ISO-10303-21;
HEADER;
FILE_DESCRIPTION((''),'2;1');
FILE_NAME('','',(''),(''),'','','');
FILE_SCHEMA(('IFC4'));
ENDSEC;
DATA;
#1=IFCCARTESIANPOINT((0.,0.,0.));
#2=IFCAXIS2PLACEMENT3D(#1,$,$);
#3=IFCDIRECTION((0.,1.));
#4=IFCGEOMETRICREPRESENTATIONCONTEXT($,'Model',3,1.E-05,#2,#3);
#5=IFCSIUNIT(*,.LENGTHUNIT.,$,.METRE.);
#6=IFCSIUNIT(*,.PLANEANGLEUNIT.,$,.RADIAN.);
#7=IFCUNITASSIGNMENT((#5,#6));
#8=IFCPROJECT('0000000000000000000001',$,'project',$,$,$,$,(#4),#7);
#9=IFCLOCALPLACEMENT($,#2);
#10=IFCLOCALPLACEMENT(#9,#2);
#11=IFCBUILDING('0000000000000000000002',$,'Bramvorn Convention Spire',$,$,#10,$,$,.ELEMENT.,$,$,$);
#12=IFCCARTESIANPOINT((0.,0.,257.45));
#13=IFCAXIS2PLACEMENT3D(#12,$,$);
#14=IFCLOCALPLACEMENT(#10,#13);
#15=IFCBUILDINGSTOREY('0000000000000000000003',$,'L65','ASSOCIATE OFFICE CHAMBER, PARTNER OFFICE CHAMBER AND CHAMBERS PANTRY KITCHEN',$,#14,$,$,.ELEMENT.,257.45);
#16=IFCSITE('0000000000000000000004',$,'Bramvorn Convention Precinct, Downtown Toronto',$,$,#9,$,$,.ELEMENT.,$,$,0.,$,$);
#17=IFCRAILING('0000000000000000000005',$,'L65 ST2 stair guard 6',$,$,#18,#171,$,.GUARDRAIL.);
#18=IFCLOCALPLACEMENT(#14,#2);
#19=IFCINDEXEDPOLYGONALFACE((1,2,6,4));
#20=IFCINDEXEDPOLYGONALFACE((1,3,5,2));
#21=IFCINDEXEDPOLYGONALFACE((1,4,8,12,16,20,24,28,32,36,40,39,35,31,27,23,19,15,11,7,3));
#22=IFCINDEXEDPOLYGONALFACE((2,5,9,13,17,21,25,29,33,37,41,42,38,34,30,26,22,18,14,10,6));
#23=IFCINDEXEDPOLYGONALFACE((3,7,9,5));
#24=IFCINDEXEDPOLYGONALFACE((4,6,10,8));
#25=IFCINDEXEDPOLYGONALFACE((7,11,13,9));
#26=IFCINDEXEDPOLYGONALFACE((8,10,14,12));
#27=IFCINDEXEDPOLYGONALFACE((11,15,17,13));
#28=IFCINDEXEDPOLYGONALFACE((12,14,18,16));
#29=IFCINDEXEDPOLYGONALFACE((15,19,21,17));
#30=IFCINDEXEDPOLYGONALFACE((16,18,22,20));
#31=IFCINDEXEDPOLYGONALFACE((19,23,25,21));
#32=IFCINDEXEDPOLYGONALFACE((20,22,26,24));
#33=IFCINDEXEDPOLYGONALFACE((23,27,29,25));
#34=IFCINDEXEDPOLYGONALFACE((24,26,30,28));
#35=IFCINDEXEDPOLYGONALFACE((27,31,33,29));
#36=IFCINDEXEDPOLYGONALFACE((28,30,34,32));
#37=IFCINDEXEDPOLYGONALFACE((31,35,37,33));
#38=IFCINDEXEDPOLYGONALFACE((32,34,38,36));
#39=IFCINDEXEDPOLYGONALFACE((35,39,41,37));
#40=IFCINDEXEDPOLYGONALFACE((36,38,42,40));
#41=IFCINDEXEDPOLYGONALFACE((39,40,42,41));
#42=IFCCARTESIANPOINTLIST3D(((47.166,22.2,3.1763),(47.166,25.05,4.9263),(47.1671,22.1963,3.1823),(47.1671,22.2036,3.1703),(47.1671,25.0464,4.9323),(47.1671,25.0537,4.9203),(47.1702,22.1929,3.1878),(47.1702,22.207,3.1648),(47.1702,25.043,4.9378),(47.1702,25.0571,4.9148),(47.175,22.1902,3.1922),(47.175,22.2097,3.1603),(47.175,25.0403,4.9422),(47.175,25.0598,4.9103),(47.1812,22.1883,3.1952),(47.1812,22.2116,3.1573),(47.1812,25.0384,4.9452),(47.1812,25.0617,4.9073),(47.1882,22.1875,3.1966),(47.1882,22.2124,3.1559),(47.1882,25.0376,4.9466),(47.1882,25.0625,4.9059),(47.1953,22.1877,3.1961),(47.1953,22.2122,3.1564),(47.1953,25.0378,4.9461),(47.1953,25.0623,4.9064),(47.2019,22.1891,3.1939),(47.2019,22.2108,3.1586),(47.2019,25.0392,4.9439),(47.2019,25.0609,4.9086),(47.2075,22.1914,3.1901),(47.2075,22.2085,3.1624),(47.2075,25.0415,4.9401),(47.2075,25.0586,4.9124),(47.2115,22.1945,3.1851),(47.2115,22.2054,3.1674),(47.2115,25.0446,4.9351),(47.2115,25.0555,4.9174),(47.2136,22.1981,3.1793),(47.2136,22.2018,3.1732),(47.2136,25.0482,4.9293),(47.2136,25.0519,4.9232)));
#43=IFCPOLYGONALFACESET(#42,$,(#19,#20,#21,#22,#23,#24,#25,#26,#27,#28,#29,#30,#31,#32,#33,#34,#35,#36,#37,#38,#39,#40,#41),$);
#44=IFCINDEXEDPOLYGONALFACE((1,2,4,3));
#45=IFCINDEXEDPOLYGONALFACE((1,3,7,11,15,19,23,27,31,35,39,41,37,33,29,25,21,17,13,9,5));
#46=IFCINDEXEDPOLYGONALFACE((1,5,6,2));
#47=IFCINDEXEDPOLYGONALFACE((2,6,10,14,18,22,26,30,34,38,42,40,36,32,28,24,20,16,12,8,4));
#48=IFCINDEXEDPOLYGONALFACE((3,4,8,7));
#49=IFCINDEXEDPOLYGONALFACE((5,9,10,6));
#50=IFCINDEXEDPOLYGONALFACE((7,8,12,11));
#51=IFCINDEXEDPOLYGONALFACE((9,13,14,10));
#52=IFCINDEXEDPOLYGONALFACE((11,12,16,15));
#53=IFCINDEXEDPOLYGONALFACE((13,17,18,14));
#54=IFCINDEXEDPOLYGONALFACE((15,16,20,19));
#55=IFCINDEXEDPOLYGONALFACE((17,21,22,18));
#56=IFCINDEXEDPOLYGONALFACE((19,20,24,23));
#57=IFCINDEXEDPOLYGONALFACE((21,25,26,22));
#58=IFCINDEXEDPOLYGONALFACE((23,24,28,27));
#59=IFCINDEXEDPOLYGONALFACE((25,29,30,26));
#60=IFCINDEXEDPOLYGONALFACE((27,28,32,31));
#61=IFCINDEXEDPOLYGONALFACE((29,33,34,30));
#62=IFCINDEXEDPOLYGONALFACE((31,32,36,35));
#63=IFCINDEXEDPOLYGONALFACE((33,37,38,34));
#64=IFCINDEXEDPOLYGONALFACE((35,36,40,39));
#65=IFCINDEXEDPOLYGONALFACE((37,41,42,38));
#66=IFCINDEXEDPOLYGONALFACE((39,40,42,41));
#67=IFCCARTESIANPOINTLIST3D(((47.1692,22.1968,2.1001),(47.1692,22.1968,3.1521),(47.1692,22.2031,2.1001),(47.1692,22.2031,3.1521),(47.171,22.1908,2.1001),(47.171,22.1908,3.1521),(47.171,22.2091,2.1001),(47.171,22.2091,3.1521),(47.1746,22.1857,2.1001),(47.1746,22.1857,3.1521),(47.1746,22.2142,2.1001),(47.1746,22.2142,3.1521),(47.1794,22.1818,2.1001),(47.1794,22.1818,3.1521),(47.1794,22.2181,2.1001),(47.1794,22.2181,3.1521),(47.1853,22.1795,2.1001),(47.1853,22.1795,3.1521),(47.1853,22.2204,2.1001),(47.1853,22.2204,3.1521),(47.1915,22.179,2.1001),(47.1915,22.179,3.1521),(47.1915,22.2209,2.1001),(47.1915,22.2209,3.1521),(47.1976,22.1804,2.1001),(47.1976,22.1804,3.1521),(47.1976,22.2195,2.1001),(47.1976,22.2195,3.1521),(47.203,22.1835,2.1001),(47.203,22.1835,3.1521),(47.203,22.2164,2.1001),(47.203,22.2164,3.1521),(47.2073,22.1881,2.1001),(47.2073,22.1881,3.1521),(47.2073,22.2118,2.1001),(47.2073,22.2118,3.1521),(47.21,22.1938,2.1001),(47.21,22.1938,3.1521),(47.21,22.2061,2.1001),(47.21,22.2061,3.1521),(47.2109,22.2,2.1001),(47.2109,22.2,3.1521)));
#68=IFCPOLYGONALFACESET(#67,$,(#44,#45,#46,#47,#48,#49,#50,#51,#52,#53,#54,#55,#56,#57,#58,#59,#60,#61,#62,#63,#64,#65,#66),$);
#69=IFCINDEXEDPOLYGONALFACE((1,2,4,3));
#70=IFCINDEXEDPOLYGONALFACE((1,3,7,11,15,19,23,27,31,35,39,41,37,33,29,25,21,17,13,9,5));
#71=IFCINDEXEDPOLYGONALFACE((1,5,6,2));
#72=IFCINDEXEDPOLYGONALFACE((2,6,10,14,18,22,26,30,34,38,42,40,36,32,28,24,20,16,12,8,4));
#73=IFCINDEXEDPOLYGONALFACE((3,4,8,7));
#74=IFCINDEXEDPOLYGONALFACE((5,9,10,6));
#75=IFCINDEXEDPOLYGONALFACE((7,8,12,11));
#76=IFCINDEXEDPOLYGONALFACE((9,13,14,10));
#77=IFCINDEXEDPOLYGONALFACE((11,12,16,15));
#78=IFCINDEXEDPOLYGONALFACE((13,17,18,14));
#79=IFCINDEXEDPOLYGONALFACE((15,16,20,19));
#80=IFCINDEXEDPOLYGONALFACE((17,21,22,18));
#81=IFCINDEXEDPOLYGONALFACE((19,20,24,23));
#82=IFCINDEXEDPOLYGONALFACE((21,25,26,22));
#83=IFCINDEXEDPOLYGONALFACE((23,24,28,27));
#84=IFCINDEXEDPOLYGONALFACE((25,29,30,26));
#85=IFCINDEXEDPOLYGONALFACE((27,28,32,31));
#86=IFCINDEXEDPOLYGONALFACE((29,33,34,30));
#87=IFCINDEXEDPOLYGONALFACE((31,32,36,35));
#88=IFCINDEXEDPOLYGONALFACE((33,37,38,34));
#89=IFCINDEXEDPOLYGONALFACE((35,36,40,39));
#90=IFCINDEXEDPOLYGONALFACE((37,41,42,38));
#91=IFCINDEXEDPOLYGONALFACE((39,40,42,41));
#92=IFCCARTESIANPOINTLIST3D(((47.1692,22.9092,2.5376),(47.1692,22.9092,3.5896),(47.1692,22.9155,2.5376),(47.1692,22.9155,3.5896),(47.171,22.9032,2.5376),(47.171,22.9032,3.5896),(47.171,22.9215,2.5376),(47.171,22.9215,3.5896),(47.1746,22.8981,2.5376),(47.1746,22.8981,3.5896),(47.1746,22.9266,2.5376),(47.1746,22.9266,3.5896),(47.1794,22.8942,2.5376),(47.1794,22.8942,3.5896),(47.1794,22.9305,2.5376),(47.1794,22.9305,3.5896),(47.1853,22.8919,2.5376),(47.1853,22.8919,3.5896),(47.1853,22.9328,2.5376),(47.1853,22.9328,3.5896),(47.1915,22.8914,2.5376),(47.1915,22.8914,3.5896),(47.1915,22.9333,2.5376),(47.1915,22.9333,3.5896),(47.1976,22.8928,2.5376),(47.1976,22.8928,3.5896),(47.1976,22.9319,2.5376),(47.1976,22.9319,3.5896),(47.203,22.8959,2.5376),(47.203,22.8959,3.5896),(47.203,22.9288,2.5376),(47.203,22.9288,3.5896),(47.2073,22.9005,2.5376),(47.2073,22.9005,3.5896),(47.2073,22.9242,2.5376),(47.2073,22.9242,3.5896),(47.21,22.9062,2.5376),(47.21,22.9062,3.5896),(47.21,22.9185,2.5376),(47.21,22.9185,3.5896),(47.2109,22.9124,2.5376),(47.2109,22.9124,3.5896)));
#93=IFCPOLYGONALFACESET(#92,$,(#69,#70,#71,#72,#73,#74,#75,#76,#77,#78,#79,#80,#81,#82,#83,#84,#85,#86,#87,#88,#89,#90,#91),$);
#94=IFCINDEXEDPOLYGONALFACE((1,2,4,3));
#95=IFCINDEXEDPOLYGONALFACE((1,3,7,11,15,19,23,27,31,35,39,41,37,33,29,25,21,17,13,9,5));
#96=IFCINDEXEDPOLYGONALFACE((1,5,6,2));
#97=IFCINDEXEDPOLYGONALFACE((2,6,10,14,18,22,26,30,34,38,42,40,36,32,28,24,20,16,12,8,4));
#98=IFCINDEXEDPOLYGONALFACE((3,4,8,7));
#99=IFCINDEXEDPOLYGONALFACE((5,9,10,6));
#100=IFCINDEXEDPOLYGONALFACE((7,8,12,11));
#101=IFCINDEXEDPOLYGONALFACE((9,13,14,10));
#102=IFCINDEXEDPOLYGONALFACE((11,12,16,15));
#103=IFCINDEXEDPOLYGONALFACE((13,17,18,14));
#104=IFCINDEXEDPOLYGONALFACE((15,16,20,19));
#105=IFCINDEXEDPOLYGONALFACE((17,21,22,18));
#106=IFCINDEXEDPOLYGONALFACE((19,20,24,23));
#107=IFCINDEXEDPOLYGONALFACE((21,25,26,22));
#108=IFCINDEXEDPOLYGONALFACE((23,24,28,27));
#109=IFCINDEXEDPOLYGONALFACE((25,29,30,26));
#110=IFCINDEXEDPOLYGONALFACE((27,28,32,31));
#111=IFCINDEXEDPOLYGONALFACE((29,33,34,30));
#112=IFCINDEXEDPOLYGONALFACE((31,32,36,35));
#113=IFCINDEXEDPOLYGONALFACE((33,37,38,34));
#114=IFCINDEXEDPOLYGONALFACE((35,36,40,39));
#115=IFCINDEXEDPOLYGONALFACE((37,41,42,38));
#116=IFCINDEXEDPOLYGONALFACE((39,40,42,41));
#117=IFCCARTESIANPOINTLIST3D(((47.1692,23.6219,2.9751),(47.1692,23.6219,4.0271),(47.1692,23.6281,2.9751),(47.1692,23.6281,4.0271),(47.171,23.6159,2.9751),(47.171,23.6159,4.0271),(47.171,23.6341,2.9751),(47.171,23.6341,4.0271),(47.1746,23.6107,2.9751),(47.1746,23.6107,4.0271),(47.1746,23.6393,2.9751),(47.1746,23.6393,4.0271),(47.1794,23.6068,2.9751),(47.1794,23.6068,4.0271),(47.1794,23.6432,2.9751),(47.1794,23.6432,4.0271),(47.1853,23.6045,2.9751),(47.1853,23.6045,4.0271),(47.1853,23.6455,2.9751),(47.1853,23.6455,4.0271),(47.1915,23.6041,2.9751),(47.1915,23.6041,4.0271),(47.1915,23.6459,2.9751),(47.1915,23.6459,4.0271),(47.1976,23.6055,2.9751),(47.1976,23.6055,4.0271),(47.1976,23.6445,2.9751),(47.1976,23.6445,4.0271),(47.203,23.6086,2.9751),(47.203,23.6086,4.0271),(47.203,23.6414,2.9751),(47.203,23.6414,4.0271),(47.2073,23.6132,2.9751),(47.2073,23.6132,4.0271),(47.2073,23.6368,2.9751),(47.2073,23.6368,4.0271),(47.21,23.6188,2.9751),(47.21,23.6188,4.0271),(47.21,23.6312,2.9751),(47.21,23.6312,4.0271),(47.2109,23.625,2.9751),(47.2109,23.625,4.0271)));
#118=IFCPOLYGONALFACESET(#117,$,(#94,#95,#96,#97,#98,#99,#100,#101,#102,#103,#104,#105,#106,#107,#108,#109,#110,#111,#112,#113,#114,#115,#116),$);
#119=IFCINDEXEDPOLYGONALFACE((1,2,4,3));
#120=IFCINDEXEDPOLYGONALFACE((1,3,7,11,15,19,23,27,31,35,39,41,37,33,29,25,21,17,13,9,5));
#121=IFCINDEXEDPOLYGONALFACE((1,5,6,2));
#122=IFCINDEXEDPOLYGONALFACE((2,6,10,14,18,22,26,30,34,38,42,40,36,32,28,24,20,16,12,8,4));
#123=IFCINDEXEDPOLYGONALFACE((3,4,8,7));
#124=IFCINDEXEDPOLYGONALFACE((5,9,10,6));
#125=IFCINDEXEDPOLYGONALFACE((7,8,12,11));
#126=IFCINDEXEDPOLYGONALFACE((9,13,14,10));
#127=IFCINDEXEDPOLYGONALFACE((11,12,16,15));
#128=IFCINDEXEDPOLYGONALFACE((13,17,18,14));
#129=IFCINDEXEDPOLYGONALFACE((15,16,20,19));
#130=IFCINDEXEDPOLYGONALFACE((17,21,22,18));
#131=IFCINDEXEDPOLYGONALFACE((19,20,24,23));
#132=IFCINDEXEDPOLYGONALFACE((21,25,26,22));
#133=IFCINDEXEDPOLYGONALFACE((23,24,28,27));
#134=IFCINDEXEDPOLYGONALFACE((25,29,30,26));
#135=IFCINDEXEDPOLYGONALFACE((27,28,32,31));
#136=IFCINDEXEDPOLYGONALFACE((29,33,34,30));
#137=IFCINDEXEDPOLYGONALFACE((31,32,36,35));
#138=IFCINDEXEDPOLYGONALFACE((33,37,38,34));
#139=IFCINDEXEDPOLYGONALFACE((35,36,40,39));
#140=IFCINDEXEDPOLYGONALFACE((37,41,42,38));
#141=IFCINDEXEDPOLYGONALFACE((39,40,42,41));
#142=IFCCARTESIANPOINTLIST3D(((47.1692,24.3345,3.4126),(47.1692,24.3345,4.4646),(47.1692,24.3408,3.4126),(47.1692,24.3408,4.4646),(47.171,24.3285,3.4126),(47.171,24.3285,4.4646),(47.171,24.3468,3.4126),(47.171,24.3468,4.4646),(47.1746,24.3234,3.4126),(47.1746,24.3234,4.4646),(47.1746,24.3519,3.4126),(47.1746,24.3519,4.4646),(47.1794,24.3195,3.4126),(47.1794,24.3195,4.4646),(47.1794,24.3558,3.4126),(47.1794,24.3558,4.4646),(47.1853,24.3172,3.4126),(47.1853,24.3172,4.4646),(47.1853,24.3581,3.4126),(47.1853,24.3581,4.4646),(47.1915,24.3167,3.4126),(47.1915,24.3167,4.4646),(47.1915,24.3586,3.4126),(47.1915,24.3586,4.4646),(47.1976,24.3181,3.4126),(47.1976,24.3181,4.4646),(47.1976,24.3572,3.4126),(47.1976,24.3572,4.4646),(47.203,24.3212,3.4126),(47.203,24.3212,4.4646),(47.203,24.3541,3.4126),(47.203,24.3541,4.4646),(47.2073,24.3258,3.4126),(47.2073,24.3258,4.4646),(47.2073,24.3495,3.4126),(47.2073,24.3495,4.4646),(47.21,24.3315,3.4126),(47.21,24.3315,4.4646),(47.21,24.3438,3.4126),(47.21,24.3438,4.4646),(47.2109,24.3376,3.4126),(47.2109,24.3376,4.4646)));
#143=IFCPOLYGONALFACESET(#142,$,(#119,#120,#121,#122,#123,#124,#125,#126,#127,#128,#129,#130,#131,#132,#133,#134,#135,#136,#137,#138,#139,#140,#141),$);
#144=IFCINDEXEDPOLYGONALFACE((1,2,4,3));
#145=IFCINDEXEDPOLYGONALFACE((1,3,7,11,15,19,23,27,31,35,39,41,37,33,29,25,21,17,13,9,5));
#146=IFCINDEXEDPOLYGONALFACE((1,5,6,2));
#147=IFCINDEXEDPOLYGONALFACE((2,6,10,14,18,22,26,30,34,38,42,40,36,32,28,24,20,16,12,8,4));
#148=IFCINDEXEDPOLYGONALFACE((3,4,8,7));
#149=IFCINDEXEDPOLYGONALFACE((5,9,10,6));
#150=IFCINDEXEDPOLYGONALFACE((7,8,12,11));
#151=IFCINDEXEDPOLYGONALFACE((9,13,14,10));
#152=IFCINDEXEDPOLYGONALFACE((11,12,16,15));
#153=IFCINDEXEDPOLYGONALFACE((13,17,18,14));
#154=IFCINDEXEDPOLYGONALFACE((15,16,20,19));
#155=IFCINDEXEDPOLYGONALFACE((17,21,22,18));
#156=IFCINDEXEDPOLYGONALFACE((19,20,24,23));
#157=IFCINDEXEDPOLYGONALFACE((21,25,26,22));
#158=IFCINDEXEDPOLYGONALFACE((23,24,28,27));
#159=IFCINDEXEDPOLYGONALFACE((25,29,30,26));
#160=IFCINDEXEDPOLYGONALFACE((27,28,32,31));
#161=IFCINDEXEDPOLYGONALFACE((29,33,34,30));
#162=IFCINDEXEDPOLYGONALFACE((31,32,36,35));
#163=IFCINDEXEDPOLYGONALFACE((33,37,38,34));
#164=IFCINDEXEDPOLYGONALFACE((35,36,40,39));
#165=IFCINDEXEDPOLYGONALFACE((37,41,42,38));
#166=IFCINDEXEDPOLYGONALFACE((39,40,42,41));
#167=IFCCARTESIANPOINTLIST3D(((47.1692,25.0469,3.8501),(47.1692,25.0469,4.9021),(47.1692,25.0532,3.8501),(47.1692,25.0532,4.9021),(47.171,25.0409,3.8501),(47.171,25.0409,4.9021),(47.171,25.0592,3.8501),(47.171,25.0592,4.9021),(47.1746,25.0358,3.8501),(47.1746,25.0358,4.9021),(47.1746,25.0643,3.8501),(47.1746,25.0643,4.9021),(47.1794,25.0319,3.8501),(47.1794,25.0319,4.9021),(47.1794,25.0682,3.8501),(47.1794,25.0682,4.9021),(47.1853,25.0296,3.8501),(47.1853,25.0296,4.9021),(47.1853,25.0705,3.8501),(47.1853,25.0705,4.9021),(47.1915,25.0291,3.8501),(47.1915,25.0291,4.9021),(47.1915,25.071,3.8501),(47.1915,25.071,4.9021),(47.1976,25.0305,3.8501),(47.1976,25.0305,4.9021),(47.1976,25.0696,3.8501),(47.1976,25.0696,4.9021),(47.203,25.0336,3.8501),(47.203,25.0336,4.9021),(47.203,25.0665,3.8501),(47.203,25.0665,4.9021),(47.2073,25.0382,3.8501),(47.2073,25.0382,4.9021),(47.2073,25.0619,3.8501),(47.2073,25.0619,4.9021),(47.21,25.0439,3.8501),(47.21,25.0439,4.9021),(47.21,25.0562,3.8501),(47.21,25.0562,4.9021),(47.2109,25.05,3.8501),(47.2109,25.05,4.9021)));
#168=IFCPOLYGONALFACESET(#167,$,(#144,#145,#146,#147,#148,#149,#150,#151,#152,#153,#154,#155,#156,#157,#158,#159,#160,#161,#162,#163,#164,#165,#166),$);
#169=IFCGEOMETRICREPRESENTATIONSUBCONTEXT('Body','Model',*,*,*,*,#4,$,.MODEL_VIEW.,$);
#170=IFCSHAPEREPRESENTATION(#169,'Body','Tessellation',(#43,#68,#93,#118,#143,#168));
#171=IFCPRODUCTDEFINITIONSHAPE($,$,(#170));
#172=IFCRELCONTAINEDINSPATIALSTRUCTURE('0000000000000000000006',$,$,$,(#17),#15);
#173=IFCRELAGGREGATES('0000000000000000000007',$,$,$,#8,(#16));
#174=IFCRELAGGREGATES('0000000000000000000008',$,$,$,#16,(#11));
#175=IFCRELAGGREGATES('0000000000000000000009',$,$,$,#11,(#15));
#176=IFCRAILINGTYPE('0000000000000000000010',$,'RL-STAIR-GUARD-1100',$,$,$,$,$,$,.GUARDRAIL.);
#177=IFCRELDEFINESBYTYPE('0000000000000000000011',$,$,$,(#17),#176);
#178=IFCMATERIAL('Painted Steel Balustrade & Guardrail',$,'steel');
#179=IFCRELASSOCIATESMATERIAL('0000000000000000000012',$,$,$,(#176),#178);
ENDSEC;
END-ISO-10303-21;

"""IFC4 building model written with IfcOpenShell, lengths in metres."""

from ifc_helpers import new_model, si_unit, direction, frame, origin, origin_2d, place, context, subcontext, project, spatial, circle, extrude, material, type_object, element, save


model = new_model("IFC4")

# Units and contexts
model_context = context("Model", 3, precision=1e-05, world=origin(), true_north=direction((0.0, 1.0)))
body_context = subcontext(model_context, "Body", "Model", "MODEL_VIEW")
ifc_project = project(units=[si_unit("LENGTHUNIT", "METRE"), si_unit("PLANEANGLEUNIT", "RADIAN")], contexts=[model_context])

# Site, building, storey
site_placement = place(None, origin())
site = spatial("IfcSite", under=ifc_project, at=site_placement, Name="Bramvorn Convention Precinct, Downtown Toronto", CompositionType="ELEMENT", RefElevation=0.0)
building_placement = place(site_placement, origin())
building = spatial("IfcBuilding", under=site, at=building_placement, Name="Bramvorn Convention Spire", CompositionType="ELEMENT")
storey_placement = place(building_placement, frame((0.0, 0.0, 257.45)))
storey = spatial("IfcBuildingStorey", under=building, at=storey_placement, Name="L65", Description="ASSOCIATE OFFICE CHAMBER, PARTNER OFFICE CHAMBER AND CHAMBERS PANTRY KITCHEN", CompositionType="ELEMENT", Elevation=257.45)

# Railing
ifc_material_1 = material(Name="Painted Steel Balustrade & Guardrail", Category="steel")
railing_type_1 = type_object("IfcRailingType", Name="RL-STAIR-GUARD-1100", PredefinedType="GUARDRAIL", material=ifc_material_1)
railing_1_placement = place(storey_placement, frame((47.1899, 22.2, 2.1001)))
element("IfcRailing", 1, at=railing_1_placement, inside=storey, type_object=railing_type_1, Name="L65 ST2 stair guard 6", PredefinedType="GUARDRAIL", context=body_context, shape_type="SweptSolid", body=[
    extrude(circle(Radius=0.0239, at=origin_2d()), frame((0.0, 0.0, 1.0762), z_axis=(0.0, 0.852179, 0.52325), x_axis=(-1.0, 0.0, 0.0)), (0.0, 0.0, 1.0), 3.3445),
    extrude(circle(Radius=0.021, at=origin_2d()), origin(), (0.0, 0.0, 1.0), 1.052),
    extrude(circle(Radius=0.021, at=origin_2d()), frame((0.0, 0.7124, 0.4375)), (0.0, 0.0, 1.0), 1.052),
    extrude(circle(Radius=0.021, at=origin_2d()), frame((0.0, 1.425, 0.875)), (0.0, 0.0, 1.0), 1.052),
    extrude(circle(Radius=0.021, at=origin_2d()), frame((0.0, 2.1377, 1.3125)), (0.0, 0.0, 1.0), 1.052),
    extrude(circle(Radius=0.021, at=origin_2d()), frame((0.0, 2.8501, 1.75)), (0.0, 0.0, 1.0), 1.052),
])

save(model, "model.ifc")
